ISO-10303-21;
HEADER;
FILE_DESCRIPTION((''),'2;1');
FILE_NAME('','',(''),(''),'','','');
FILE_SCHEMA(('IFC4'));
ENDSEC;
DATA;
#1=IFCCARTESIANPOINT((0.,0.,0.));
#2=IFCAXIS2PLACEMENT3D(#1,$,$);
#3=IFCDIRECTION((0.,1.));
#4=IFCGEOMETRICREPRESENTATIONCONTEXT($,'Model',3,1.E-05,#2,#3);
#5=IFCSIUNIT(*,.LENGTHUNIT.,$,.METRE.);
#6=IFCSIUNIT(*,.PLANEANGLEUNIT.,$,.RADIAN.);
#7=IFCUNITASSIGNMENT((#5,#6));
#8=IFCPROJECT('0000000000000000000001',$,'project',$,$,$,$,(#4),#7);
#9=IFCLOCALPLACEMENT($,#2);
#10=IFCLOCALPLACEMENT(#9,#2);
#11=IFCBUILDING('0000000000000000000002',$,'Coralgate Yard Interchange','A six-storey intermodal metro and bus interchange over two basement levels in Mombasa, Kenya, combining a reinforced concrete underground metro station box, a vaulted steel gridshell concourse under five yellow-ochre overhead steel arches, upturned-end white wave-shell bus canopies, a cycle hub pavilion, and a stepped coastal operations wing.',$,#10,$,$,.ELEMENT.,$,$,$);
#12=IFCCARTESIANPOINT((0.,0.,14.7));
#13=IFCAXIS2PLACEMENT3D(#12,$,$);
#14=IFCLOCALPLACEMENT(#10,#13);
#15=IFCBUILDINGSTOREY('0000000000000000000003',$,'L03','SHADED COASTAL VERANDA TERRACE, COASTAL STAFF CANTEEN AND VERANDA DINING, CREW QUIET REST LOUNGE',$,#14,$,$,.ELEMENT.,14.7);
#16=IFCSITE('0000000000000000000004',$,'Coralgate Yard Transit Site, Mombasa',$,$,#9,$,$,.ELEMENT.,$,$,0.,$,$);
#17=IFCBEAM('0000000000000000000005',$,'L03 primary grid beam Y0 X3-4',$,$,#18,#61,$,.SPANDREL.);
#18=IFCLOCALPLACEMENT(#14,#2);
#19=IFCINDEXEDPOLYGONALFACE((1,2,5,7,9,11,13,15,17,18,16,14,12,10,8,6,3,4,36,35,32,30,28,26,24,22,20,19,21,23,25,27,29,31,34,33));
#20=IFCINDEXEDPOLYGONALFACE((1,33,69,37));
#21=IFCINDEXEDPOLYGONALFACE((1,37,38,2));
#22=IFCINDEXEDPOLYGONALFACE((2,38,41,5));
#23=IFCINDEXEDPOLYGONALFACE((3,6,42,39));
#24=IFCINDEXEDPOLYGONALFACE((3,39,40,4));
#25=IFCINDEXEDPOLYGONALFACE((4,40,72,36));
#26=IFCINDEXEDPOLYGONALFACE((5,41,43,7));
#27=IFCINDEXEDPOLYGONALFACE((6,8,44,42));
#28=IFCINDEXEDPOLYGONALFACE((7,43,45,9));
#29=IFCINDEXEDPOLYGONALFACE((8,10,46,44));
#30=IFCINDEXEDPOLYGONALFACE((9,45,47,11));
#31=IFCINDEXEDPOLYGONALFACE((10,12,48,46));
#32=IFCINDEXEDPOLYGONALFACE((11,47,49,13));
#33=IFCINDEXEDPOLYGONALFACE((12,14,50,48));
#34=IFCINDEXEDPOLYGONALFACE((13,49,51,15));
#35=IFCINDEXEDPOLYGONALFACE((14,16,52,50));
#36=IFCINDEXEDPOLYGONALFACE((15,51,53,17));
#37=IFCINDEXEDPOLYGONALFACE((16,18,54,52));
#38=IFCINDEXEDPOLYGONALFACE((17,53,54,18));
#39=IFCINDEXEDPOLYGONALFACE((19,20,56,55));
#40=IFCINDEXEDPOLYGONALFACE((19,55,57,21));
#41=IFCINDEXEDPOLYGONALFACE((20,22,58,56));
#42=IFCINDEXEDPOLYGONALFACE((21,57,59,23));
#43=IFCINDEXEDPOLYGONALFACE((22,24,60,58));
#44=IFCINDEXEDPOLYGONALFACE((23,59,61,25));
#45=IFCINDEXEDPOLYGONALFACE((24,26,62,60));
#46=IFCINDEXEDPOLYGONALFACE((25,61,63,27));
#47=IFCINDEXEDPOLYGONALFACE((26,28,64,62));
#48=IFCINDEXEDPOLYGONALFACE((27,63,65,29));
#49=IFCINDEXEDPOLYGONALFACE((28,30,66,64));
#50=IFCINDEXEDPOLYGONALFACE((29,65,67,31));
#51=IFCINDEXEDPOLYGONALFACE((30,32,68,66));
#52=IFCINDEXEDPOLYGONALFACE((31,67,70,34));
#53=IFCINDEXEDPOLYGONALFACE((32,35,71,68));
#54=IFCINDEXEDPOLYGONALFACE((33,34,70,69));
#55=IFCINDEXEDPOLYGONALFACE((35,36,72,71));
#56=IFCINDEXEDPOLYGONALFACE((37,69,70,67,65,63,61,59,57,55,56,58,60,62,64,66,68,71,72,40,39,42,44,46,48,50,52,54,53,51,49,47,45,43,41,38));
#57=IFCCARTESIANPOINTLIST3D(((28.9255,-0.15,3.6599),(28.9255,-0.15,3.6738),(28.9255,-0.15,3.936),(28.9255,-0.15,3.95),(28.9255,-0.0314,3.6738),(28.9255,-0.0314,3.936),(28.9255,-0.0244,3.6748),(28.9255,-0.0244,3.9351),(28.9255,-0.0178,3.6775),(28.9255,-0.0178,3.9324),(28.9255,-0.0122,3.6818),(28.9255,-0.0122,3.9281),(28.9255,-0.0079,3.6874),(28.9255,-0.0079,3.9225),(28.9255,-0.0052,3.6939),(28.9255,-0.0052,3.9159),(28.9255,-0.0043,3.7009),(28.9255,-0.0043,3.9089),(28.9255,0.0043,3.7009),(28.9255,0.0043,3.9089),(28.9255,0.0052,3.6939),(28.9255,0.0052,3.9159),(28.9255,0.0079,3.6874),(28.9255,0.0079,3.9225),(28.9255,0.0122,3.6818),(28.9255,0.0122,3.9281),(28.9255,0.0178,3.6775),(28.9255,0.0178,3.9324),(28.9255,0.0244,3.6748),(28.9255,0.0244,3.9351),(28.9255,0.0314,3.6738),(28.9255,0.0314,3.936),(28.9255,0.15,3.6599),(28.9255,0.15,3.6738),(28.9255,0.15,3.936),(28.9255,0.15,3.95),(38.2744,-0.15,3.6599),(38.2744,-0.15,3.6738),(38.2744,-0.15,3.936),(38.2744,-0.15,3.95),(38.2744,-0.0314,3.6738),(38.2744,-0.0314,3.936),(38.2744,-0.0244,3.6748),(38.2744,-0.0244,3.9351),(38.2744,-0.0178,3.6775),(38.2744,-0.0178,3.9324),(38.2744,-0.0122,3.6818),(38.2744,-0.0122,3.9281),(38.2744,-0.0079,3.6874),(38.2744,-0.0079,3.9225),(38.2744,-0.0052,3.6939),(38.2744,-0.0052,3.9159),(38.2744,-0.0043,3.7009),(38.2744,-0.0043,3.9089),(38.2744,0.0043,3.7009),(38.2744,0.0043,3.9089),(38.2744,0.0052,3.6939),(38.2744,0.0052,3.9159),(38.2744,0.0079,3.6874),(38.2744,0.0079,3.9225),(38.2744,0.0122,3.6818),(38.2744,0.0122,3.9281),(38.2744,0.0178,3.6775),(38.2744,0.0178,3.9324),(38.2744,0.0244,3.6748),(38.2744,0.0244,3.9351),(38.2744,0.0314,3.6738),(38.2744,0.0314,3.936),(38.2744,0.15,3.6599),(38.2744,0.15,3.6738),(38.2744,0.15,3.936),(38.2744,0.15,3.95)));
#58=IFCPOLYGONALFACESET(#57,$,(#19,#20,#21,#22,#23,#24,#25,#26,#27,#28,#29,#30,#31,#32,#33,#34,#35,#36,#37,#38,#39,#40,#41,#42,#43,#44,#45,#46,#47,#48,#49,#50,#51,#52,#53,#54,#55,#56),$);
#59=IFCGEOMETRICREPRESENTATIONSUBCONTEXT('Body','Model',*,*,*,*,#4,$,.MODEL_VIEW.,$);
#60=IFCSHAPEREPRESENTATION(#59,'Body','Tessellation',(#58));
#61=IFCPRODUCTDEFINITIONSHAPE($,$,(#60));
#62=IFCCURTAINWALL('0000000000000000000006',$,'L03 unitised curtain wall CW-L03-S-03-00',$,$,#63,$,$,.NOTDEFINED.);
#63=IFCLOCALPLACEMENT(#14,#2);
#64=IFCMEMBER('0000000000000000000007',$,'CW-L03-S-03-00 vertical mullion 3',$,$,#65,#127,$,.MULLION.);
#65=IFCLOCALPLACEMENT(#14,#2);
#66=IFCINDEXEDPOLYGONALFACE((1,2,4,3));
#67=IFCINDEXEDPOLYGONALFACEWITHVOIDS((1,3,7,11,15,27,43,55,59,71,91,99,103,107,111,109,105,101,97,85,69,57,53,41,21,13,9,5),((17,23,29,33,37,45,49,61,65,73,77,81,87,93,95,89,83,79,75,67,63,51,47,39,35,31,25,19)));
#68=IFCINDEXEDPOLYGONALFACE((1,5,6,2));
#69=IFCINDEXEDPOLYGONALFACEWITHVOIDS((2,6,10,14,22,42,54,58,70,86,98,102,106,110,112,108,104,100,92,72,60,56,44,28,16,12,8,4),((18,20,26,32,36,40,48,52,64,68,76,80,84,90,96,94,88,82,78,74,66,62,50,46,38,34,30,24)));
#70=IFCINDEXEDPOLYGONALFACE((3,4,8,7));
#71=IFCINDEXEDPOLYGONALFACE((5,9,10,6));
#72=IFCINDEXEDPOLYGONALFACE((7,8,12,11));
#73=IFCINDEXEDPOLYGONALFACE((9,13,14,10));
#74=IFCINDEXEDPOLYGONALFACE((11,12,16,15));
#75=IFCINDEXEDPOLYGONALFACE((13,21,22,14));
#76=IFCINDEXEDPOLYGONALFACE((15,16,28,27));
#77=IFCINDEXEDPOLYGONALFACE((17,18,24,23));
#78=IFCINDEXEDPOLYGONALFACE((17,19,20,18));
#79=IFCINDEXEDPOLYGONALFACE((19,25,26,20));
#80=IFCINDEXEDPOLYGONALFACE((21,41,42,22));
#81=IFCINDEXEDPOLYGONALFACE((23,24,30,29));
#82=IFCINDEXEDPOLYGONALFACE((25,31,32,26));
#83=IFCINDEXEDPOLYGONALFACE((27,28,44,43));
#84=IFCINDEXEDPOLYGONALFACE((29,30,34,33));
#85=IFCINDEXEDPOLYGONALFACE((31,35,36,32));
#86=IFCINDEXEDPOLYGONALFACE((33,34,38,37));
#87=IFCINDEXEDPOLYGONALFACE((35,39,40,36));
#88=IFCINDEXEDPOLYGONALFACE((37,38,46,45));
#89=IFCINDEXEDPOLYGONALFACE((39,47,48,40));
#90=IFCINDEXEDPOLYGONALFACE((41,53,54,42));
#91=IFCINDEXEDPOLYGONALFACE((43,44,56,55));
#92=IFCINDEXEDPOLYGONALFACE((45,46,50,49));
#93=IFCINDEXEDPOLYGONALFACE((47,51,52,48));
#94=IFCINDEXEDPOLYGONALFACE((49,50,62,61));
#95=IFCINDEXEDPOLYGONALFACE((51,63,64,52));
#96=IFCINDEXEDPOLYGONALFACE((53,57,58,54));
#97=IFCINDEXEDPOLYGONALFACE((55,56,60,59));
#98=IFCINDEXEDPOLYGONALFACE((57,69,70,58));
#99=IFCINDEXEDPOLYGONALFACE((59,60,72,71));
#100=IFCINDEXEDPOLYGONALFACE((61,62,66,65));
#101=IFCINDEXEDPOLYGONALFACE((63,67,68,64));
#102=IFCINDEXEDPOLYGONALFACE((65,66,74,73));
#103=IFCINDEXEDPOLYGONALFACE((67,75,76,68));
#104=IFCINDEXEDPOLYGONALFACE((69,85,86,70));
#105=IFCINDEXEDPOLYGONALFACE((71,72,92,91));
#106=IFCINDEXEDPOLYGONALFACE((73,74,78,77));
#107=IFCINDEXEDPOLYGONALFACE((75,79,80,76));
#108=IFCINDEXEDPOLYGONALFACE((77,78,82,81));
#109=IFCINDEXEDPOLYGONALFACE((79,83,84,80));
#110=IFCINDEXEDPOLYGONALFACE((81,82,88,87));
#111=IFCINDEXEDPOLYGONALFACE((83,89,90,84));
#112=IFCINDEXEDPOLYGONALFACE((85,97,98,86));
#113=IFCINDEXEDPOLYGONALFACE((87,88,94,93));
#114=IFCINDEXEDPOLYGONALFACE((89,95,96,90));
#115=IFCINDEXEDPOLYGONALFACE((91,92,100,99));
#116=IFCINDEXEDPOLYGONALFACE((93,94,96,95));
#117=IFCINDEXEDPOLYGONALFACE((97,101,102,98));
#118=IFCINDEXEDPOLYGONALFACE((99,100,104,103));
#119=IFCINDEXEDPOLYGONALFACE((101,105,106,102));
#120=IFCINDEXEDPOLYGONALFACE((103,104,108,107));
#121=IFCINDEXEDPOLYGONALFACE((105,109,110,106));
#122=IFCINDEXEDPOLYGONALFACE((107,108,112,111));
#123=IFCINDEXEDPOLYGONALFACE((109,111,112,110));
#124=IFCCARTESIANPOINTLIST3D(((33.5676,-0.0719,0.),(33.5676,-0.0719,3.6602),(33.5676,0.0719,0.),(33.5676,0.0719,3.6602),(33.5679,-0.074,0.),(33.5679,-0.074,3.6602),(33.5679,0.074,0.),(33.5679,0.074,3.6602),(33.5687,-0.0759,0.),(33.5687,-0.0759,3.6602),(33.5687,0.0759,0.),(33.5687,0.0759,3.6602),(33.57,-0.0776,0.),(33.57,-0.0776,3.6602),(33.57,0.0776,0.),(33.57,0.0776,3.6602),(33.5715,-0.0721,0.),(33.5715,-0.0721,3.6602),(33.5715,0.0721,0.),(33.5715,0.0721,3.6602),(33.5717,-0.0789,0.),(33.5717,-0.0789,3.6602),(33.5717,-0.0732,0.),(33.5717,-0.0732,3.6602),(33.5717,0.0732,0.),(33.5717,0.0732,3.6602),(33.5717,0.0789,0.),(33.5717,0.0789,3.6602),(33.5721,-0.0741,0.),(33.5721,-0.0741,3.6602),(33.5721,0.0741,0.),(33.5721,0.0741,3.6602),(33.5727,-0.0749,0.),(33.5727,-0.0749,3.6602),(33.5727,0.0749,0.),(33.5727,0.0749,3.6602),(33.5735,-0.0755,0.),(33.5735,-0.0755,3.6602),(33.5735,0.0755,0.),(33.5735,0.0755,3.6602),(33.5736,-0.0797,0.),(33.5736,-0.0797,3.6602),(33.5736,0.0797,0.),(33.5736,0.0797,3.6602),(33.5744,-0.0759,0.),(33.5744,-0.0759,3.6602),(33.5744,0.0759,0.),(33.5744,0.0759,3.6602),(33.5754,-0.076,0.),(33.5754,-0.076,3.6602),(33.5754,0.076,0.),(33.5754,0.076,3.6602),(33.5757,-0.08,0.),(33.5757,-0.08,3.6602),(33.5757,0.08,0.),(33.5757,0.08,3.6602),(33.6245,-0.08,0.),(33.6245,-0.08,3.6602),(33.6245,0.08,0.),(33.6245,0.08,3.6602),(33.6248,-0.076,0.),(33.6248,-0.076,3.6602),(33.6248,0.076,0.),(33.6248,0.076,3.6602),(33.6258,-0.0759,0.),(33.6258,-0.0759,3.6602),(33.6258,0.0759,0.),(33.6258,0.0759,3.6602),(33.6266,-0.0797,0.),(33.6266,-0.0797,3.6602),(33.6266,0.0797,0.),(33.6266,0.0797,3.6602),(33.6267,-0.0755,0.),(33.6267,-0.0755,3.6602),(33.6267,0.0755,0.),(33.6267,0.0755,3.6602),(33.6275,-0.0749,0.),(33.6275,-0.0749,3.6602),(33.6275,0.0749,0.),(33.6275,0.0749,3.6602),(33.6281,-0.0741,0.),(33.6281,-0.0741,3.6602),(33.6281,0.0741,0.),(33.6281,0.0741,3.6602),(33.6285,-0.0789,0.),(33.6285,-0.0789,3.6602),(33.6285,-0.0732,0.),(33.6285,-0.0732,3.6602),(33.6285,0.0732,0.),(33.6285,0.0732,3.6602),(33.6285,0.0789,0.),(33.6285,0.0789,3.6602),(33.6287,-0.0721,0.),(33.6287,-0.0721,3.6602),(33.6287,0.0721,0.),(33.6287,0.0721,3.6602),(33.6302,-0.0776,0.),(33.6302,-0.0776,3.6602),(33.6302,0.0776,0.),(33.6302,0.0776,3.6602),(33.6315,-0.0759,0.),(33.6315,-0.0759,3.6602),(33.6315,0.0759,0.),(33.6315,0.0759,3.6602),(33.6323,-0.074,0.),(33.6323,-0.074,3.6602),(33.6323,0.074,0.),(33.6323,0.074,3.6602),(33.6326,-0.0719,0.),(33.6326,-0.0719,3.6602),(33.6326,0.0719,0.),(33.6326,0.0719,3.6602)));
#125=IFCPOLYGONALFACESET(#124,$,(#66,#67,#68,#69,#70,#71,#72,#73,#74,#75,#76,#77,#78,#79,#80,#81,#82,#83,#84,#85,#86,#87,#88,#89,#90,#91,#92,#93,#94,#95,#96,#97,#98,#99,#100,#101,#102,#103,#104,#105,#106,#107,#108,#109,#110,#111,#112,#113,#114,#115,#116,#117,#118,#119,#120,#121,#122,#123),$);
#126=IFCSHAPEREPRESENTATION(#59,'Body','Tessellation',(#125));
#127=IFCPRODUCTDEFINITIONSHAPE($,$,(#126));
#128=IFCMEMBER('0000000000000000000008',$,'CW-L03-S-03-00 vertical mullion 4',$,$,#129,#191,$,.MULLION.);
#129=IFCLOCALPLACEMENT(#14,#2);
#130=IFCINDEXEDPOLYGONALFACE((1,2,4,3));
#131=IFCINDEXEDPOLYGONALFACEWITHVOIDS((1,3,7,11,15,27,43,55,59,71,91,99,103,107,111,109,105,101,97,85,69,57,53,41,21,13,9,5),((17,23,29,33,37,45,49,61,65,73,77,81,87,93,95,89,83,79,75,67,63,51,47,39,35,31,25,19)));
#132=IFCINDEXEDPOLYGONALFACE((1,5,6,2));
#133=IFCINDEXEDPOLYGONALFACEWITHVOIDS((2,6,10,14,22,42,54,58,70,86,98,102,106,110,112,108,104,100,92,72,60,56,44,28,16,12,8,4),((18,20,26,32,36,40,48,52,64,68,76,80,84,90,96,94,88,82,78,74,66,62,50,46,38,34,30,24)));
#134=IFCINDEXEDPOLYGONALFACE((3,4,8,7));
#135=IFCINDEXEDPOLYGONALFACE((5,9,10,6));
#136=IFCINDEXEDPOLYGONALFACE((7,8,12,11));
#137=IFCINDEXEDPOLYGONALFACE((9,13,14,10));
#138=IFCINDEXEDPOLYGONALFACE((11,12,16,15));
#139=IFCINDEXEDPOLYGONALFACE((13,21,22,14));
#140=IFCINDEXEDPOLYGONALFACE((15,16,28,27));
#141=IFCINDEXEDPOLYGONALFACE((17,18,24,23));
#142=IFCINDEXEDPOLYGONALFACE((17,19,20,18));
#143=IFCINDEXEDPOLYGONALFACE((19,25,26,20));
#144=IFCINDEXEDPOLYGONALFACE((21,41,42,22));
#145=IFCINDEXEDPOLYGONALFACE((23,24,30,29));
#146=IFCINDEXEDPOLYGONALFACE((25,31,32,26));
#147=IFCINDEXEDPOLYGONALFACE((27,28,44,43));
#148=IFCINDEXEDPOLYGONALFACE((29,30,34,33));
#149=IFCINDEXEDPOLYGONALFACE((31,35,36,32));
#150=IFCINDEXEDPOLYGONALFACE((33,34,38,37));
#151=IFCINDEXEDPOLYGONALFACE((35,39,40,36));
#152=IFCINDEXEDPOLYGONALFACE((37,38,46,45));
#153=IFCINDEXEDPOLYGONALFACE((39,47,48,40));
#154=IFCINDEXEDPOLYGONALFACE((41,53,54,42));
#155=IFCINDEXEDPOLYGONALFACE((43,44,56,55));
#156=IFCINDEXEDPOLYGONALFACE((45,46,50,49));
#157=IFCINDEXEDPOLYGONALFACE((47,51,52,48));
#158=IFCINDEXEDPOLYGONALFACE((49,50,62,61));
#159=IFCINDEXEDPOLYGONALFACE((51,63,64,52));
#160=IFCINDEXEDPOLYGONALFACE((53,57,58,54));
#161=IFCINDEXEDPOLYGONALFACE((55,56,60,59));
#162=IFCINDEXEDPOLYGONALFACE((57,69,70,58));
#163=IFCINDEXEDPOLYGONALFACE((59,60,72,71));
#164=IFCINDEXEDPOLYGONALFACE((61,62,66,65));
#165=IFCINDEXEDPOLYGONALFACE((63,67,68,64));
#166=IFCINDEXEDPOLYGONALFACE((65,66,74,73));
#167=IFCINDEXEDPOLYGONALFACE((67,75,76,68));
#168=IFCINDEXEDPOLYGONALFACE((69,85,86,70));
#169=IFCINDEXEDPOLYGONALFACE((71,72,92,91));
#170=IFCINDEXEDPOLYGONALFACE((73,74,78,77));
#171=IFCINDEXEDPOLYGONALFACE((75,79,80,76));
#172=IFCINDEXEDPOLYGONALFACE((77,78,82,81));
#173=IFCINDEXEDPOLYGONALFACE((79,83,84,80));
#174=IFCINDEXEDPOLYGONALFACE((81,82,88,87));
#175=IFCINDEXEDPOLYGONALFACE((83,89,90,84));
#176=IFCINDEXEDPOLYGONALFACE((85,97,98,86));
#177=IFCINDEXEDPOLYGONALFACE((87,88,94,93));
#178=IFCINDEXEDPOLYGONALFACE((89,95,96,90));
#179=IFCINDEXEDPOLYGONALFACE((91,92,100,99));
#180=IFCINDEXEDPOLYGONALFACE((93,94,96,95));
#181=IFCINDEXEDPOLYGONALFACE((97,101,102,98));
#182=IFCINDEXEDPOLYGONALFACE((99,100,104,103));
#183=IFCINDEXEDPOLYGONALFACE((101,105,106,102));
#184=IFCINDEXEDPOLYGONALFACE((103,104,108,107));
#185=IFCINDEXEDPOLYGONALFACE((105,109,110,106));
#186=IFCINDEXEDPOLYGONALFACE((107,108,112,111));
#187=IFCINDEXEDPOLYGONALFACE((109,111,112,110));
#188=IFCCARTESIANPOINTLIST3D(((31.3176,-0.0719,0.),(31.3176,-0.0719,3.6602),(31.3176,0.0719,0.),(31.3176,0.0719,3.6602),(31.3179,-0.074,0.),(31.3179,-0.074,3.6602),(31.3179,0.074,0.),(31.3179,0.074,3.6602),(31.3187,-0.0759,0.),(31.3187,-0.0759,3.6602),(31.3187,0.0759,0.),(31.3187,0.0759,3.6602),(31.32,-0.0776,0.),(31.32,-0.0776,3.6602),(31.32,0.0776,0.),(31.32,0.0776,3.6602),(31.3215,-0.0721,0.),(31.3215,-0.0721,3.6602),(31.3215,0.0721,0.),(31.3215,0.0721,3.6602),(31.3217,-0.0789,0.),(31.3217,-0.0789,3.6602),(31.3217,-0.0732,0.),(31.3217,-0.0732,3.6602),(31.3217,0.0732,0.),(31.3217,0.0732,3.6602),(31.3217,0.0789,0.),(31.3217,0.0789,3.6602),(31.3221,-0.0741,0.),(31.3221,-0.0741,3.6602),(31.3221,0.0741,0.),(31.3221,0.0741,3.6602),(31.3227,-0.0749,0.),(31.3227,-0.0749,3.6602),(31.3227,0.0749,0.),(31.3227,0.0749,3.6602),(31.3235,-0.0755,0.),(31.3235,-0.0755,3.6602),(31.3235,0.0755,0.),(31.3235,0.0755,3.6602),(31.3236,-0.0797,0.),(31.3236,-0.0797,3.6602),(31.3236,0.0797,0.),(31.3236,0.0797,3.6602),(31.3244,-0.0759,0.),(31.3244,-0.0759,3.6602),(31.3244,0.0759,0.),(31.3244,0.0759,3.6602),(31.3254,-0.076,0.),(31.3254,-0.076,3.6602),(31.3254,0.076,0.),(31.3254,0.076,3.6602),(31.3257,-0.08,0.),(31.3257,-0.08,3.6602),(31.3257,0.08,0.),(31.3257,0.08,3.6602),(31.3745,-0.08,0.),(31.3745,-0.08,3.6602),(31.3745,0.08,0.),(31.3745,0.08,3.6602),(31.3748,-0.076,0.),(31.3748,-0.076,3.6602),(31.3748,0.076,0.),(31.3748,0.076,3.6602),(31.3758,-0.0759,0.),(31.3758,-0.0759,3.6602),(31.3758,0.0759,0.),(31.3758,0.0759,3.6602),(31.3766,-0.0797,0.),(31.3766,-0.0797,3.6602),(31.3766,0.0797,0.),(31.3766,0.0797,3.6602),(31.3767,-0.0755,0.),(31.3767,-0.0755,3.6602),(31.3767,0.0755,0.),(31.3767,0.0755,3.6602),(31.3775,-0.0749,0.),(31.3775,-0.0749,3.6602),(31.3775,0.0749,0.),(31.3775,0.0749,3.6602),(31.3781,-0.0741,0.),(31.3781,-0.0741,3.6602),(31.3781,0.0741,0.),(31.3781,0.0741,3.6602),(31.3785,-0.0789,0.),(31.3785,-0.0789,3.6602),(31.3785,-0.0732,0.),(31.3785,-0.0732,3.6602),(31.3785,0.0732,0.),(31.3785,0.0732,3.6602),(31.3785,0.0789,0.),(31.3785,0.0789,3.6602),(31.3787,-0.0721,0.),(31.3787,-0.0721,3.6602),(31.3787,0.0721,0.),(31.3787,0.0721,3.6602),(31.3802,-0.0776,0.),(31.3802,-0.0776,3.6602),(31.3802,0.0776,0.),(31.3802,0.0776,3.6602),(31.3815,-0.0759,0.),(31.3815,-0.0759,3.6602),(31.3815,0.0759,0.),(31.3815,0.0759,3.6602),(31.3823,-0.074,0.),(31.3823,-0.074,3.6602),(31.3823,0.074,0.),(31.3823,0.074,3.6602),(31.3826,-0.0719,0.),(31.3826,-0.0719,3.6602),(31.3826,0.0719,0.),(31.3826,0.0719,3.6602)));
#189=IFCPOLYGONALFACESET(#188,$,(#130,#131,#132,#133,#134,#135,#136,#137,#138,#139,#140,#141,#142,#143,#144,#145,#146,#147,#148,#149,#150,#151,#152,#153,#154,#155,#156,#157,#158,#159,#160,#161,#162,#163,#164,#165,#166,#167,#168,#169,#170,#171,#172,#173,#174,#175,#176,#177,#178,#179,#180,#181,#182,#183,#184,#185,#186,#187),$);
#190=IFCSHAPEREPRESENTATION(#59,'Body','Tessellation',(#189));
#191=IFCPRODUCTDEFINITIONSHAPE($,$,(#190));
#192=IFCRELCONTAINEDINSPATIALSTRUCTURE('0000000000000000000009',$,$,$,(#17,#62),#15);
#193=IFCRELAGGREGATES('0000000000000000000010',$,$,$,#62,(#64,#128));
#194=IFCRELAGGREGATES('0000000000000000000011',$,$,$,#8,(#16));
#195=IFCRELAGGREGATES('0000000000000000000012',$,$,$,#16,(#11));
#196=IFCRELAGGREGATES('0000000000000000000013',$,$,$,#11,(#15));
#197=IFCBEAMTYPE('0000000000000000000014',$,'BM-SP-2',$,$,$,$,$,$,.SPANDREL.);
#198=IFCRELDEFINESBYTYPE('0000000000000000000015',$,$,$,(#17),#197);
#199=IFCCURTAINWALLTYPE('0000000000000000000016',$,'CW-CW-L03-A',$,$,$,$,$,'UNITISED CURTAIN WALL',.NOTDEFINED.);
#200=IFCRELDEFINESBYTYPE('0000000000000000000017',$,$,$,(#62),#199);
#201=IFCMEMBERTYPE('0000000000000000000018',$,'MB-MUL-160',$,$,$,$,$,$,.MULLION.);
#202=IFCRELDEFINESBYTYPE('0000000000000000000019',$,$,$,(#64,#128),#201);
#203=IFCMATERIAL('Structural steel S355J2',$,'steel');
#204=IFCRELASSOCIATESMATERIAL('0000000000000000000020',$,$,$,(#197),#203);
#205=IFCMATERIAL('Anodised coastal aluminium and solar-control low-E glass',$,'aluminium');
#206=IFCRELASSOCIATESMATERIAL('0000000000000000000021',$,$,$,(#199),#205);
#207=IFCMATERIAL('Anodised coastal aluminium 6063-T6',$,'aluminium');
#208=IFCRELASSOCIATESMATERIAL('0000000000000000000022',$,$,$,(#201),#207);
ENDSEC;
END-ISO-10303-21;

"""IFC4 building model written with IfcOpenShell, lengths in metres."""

from ifc_helpers import new_model, si_unit, direction, frame, origin, origin_2d, place, context, subcontext, project, spatial, hollow_rectangle, i_section, extrude, material, material_profile, profile_set, type_object, element, aggregate, save


model = new_model("IFC4")

# Units and contexts
model_context = context("Model", 3, precision=1e-05, world=origin(), true_north=direction((0.0, 1.0)))
body_context = subcontext(model_context, "Body", "Model", "MODEL_VIEW")
ifc_project = project(units=[si_unit("LENGTHUNIT", "METRE"), si_unit("PLANEANGLEUNIT", "RADIAN")], contexts=[model_context])

# Site, building, storey
site_placement = place(None, origin())
site = spatial("IfcSite", under=ifc_project, at=site_placement, Name="Coralgate Yard Transit Site, Mombasa", CompositionType="ELEMENT", RefElevation=0.0)
building_placement = place(site_placement, origin())
building = spatial("IfcBuilding", under=site, at=building_placement, Name="Coralgate Yard Interchange", Description="A six-storey intermodal metro and bus interchange over two basement levels in Mombasa, Kenya, combining a reinforced concrete underground metro station box, a vaulted steel gridshell concourse under five yellow-ochre overhead steel arches, upturned-end white wave-shell bus canopies, a cycle hub pavilion, and a stepped coastal operations wing.", CompositionType="ELEMENT")
storey_placement = place(building_placement, frame((0.0, 0.0, 14.7)))
storey = spatial("IfcBuildingStorey", under=building, at=storey_placement, Name="L03", Description="SHADED COASTAL VERANDA TERRACE, COASTAL STAFF CANTEEN AND VERANDA DINING, CREW QUIET REST LOUNGE", CompositionType="ELEMENT", Elevation=14.7)

# Shared definitions
ifc_material_1 = material(Name="Structural steel S355J2", Category="steel")

# Beam
ifc_material_profile_1 = material_profile(ifc_material_1, i_section(OverallWidth=0.3, OverallDepth=0.29, WebThickness=0.0085, FlangeThickness=0.0139, FilletRadius=0.0271, at=origin_2d()), Name="HEA 300")
ifc_profile_set_1 = profile_set([ifc_material_profile_1], Name="Structural steel S355J2")
beam_type_1 = type_object("IfcBeamType", Name="BM-SP-2", PredefinedType="SPANDREL", material=ifc_profile_set_1)
beam_1_placement = place(storey_placement, frame((28.9255, 0.0, 3.8049), z_axis=(1.0, 0.0, 0.0), x_axis=(0.0, 1.0, 0.0)))
element("IfcBeam", 1, at=beam_1_placement, inside=storey, type_object=beam_type_1, Name="L03 primary grid beam Y0 X3-4", PredefinedType="SPANDREL", context=body_context, shape_type="SweptSolid", body=[
    extrude(i_section(OverallWidth=0.3, OverallDepth=0.29, WebThickness=0.0085, FlangeThickness=0.0139, FilletRadius=0.0271, at=origin_2d()), origin(), (0.0, 0.0, 1.0), 9.3489),
])

# Curtain wall, members
ifc_material_2 = material(Name="Anodised coastal aluminium and solar-control low-E glass", Category="aluminium")
curtain_wall_type = type_object("IfcCurtainWallType", Name="CW-CW-L03-A", ElementType="UNITISED CURTAIN WALL", PredefinedType="NOTDEFINED", material=ifc_material_2)
curtain_wall_placement = place(storey_placement, origin())
curtain_wall = element("IfcCurtainWall", 2, at=curtain_wall_placement, inside=storey, type_object=curtain_wall_type, Name="L03 unitised curtain wall CW-L03-S-03-00", PredefinedType="NOTDEFINED")
ifc_material_3 = material(Name="Anodised coastal aluminium 6063-T6", Category="aluminium")
ifc_material_profile_2 = material_profile(ifc_material_3, hollow_rectangle(XDim=0.0649, YDim=0.1599, WallThickness=0.0039, InnerFilletRadius=0.0039, OuterFilletRadius=0.0081, at=origin_2d()), Name="ALU 65x160x4")
ifc_profile_set_2 = profile_set([ifc_material_profile_2], Name="Anodised coastal aluminium 6063-T6")
member_type_1 = type_object("IfcMemberType", Name="MB-MUL-160", PredefinedType="MULLION", material=ifc_profile_set_2)
member_1_placement = place(storey_placement, frame((33.6001, 0.0, 0.0), z_axis=(0.0, 0.0, 1.0), x_axis=(1.0, 0.0, 0.0)))
member_1 = element("IfcMember", 3, at=member_1_placement, type_object=member_type_1, Name="CW-L03-S-03-00 vertical mullion 3", PredefinedType="MULLION", context=body_context, shape_type="SweptSolid", body=[
    extrude(hollow_rectangle(XDim=0.0649, YDim=0.1599, WallThickness=0.0039, InnerFilletRadius=0.0039, OuterFilletRadius=0.0081, at=origin_2d()), origin(), (0.0, 0.0, 1.0), 3.6602),
])
member_2_placement = place(storey_placement, frame((31.3501, 0.0, 0.0), z_axis=(0.0, 0.0, 1.0), x_axis=(1.0, 0.0, 0.0)))
member_2 = element("IfcMember", 4, at=member_2_placement, type_object=member_type_1, Name="CW-L03-S-03-00 vertical mullion 4", PredefinedType="MULLION", context=body_context, shape_type="SweptSolid", body=[
    extrude(hollow_rectangle(XDim=0.0649, YDim=0.1599, WallThickness=0.0039, InnerFilletRadius=0.0039, OuterFilletRadius=0.0081, at=origin_2d()), origin(), (0.0, 0.0, 1.0), 3.6602),
])
aggregate(curtain_wall, [member_1, member_2])

save(model, "model.ifc")
